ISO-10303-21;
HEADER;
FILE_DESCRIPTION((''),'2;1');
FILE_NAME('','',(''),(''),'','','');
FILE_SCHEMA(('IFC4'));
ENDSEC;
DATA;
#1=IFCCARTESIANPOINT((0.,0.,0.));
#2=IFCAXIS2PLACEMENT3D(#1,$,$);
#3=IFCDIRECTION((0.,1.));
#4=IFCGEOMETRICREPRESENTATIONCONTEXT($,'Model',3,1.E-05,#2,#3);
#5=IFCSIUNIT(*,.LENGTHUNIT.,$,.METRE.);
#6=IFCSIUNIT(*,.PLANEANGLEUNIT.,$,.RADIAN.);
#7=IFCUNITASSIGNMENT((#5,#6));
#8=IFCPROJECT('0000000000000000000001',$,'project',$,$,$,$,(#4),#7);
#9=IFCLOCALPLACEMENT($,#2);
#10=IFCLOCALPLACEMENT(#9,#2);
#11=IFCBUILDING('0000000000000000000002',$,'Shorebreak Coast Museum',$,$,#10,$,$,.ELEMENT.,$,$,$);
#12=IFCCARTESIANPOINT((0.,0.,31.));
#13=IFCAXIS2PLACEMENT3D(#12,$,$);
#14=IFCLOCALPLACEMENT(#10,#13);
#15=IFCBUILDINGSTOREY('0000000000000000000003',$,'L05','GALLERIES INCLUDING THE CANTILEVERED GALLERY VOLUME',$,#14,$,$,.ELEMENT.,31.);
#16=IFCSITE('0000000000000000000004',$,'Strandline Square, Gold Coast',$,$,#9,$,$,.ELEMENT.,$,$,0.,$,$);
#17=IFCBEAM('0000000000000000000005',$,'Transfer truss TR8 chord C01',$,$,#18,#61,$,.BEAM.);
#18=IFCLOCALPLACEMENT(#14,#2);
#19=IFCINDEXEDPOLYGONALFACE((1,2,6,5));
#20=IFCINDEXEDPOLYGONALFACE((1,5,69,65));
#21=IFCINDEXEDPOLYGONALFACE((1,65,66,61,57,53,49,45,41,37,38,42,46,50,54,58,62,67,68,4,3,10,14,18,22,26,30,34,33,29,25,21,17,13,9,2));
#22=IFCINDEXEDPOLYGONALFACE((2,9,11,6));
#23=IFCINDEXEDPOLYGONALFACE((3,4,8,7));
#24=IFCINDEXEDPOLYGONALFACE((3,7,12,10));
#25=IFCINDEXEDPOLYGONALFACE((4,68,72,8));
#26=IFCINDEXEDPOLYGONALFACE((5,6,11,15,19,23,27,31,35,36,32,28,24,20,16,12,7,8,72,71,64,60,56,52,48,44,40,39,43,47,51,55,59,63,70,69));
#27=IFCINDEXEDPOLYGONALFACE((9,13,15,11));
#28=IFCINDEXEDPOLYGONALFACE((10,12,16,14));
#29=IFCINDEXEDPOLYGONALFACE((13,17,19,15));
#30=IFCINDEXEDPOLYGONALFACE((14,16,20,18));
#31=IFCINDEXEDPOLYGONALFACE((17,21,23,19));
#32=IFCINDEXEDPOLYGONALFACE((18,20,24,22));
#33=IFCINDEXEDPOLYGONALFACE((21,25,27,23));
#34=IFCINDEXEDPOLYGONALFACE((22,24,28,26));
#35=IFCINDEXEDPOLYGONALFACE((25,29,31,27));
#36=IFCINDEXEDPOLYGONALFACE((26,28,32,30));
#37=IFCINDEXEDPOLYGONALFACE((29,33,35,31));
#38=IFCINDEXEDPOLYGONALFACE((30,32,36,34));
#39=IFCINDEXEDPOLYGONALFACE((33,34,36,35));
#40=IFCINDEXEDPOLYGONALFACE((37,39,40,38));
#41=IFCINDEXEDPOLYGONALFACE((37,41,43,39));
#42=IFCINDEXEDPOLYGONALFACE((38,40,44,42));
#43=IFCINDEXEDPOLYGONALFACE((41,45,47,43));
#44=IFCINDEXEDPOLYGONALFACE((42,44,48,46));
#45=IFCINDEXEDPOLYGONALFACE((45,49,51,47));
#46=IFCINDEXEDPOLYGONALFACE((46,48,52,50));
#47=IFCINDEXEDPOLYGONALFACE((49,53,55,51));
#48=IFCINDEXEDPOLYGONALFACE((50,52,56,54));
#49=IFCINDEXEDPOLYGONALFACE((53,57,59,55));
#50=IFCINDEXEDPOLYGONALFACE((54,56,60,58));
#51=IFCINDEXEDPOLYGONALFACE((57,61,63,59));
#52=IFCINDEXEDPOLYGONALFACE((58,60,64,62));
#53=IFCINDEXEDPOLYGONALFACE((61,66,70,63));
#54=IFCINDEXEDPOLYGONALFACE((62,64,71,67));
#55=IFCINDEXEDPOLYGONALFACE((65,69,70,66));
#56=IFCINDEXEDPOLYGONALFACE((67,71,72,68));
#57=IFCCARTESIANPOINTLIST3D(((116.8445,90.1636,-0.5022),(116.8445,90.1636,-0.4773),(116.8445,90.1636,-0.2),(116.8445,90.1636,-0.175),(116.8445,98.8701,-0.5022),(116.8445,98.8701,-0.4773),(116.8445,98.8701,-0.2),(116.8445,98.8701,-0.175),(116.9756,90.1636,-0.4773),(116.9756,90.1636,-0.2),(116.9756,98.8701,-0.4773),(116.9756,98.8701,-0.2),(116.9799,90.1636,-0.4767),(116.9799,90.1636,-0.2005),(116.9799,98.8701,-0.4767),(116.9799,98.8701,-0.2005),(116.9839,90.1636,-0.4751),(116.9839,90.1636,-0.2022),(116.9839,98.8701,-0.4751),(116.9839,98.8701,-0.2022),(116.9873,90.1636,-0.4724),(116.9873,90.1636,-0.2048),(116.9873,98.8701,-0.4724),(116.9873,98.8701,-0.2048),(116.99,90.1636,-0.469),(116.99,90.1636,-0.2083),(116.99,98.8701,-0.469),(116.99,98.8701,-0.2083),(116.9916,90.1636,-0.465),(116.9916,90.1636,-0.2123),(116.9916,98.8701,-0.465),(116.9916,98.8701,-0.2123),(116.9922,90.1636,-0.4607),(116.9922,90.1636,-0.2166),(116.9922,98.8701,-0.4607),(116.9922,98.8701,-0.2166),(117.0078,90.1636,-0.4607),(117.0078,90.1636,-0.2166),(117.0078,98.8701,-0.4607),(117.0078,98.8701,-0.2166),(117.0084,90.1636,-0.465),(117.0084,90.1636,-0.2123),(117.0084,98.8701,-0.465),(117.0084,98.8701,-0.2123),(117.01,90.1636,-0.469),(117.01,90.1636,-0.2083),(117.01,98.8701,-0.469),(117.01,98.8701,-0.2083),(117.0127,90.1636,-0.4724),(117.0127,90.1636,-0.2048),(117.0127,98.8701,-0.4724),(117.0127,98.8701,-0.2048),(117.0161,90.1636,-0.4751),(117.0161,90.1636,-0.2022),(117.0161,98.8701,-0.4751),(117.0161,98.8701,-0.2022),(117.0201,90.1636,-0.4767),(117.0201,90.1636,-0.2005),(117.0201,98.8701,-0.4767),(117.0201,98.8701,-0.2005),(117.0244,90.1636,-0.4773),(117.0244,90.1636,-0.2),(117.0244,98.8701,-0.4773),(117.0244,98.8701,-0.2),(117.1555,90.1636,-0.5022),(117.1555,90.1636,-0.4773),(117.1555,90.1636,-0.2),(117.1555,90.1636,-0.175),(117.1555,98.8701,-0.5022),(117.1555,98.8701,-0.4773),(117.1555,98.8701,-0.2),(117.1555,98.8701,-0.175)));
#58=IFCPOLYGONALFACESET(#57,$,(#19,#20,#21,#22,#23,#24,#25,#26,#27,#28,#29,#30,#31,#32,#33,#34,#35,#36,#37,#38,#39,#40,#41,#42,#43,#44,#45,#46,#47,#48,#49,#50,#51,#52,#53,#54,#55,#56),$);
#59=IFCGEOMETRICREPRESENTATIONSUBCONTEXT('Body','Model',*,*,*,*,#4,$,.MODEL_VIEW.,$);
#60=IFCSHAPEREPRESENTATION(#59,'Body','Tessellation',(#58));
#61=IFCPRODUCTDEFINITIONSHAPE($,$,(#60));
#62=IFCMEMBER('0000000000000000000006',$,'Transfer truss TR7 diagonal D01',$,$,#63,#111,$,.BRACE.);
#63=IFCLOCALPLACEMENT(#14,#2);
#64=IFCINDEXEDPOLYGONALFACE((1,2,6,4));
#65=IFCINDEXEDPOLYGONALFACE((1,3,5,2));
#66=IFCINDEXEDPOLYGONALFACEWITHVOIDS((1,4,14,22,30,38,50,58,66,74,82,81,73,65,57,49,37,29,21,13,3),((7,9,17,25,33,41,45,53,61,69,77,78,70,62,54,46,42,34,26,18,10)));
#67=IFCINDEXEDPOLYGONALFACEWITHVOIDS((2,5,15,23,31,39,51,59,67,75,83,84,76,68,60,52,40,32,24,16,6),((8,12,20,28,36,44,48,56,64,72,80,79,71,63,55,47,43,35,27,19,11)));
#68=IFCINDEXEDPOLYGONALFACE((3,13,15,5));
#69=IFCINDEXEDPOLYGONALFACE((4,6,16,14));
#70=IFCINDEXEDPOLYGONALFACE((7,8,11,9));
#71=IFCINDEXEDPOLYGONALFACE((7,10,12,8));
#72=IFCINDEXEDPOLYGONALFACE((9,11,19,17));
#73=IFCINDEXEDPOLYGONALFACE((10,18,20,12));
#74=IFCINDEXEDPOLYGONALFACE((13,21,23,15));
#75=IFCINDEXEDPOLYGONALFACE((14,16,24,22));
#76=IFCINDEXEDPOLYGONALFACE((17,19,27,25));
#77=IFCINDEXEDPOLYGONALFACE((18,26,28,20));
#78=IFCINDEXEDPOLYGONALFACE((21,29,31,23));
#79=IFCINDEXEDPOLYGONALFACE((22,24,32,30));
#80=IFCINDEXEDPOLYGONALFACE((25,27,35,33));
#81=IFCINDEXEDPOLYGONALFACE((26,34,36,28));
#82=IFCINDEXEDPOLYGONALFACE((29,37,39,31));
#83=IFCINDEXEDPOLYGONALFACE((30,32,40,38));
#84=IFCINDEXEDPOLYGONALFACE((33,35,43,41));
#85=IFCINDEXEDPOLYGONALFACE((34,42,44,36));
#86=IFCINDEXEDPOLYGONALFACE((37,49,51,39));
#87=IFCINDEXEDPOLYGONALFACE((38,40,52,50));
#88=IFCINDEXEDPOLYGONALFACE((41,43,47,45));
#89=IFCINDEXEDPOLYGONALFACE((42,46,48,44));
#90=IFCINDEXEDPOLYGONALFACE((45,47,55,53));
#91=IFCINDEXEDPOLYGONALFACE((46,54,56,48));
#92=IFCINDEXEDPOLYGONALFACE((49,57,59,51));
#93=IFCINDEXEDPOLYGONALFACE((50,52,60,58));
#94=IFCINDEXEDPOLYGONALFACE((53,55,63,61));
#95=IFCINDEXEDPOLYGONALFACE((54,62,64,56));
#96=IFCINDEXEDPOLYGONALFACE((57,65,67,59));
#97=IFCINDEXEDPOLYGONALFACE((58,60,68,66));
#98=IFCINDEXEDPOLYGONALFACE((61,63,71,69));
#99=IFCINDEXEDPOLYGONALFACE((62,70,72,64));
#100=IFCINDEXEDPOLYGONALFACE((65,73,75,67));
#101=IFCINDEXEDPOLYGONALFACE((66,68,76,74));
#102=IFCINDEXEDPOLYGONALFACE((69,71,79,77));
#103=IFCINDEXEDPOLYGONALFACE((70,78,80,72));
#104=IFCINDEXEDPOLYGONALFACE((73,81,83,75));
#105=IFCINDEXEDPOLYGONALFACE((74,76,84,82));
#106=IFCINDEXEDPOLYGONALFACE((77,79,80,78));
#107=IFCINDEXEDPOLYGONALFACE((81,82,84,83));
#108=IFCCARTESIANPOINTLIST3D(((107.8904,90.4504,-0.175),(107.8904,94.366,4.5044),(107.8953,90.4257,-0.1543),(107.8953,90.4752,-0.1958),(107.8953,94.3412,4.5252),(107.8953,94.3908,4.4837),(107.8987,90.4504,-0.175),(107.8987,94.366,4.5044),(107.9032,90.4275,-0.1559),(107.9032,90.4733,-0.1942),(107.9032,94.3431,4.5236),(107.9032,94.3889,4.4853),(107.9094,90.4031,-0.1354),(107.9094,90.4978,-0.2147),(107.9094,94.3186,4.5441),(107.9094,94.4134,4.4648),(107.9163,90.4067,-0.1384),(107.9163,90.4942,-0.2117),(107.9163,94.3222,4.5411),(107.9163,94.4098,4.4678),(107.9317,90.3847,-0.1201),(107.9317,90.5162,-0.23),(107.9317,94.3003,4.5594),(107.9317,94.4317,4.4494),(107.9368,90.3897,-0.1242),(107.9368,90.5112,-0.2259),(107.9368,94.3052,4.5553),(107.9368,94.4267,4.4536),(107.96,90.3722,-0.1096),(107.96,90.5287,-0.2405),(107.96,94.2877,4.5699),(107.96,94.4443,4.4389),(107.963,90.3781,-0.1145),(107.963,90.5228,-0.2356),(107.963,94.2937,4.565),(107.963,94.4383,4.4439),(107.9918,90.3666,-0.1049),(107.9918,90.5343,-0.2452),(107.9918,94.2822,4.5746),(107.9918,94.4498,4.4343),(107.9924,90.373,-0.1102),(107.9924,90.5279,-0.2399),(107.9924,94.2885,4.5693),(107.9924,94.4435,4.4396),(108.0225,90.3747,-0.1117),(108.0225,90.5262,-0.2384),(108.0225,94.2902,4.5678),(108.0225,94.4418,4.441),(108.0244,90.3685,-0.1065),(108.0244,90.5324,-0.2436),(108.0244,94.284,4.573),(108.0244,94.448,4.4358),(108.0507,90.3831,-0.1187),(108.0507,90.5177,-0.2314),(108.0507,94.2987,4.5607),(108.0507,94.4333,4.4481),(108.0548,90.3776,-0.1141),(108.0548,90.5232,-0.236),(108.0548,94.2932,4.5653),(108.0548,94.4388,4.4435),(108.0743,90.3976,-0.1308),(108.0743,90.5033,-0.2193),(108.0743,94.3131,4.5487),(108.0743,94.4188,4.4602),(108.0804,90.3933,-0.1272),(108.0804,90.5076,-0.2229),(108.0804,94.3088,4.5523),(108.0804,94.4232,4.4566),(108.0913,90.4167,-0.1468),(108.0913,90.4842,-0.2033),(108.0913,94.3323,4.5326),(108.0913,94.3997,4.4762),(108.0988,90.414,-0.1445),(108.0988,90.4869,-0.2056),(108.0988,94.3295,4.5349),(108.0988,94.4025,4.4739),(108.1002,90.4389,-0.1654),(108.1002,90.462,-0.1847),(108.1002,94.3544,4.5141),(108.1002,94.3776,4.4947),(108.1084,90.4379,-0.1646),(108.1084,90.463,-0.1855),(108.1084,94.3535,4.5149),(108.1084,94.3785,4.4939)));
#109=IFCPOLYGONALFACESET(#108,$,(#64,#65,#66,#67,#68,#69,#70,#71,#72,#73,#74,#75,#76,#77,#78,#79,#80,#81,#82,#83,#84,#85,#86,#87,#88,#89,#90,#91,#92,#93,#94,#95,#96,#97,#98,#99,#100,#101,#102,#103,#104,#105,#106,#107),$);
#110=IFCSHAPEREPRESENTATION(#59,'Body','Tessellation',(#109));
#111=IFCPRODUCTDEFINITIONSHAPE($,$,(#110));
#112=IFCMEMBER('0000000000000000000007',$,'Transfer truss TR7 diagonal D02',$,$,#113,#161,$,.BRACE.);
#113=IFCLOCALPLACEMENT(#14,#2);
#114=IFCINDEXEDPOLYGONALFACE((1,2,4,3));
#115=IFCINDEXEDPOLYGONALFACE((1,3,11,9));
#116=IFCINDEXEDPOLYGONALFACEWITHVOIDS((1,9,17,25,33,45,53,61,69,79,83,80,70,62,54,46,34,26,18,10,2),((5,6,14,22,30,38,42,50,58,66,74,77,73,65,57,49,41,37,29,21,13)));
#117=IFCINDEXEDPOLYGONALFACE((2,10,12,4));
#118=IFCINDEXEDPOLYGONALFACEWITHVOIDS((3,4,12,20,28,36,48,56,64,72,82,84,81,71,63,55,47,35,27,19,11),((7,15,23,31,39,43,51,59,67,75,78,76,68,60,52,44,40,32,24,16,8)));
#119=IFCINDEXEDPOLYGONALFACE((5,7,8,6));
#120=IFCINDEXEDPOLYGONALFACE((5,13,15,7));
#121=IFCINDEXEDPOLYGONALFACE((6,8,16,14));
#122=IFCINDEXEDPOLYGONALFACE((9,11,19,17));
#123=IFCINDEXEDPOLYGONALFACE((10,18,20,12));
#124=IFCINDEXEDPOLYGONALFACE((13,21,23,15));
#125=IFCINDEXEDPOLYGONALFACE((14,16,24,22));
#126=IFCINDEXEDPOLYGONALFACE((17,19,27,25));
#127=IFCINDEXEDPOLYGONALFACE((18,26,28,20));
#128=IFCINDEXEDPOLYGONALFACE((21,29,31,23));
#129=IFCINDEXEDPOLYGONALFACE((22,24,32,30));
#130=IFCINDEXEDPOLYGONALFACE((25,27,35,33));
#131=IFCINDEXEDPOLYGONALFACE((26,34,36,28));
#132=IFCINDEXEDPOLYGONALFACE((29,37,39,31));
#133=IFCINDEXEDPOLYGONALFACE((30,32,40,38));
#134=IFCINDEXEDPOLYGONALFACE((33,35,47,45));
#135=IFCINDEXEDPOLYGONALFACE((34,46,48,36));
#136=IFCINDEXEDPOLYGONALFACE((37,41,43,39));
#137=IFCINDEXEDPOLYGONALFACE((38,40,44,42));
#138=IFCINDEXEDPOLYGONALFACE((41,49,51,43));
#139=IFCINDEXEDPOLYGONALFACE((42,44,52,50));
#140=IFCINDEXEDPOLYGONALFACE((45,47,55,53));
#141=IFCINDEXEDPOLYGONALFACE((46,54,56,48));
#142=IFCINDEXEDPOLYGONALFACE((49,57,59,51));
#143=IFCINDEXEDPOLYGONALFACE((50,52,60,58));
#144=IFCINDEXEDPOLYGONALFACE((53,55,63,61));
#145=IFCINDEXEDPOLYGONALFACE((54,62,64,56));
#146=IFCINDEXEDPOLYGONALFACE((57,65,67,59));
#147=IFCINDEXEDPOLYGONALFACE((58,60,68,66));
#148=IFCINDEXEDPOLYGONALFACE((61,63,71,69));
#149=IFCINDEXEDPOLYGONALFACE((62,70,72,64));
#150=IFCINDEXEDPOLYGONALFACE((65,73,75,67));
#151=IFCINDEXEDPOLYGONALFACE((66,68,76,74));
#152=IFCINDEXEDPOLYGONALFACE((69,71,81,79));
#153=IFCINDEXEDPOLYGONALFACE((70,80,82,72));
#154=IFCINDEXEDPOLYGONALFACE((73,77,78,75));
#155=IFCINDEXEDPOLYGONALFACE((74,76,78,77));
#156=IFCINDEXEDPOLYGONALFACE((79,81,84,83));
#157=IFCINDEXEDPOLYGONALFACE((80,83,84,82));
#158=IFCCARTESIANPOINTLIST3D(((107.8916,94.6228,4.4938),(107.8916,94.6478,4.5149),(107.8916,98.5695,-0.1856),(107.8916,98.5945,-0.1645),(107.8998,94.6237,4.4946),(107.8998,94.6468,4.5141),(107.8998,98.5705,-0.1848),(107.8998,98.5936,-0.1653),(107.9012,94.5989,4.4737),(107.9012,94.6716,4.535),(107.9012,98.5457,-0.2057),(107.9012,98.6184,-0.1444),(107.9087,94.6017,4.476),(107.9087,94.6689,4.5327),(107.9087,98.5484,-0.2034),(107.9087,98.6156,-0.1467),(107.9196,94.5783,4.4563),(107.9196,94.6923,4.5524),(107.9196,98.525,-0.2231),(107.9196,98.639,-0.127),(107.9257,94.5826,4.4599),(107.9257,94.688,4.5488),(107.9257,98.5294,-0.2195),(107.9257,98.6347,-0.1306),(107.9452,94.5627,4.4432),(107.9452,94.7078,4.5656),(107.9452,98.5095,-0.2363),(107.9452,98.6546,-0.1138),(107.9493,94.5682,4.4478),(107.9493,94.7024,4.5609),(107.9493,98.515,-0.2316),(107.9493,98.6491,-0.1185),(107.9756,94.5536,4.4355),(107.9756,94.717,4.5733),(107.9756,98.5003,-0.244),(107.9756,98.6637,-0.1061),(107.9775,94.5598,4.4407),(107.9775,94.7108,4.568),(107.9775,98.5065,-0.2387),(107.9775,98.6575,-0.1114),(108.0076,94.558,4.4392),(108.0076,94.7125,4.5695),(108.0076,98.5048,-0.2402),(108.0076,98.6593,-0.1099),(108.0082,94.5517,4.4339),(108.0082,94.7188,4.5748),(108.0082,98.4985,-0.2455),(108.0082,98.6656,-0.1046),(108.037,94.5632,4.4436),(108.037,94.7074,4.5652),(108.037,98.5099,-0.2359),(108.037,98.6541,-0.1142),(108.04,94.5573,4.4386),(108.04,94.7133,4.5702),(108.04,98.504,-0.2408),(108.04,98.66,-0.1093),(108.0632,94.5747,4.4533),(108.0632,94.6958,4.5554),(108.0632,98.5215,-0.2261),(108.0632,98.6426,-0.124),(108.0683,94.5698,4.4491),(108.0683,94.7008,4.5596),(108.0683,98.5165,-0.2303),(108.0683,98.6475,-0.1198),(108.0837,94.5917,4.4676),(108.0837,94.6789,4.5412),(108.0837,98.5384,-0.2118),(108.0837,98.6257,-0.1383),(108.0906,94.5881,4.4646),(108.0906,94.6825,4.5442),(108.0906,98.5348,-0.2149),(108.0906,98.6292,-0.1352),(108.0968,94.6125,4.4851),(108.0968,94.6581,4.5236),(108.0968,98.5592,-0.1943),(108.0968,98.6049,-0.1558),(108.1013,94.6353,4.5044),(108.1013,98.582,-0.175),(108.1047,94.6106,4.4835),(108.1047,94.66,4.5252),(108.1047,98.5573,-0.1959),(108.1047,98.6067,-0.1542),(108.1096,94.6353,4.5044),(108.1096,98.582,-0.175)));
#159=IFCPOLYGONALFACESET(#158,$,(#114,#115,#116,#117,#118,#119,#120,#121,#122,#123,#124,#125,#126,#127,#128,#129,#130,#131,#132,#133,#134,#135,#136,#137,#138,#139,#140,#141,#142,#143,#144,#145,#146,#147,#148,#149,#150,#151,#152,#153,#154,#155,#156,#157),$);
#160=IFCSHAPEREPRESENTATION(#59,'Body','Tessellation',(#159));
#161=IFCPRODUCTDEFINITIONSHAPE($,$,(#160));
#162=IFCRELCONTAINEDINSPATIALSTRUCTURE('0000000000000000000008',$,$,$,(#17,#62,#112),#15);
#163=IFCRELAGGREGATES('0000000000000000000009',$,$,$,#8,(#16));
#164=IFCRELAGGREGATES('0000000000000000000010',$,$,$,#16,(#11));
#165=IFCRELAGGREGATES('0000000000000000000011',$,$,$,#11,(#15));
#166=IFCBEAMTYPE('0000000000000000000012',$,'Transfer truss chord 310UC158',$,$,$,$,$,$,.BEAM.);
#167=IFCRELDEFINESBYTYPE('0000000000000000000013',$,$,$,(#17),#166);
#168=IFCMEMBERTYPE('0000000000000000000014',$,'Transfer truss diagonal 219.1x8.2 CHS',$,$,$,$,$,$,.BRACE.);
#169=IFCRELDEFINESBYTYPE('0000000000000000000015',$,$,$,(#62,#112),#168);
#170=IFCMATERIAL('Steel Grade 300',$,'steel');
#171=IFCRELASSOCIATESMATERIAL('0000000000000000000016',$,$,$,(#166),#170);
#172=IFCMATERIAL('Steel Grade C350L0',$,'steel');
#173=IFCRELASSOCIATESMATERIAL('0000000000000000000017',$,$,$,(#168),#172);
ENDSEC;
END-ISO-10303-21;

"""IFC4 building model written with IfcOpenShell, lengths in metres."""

from ifc_helpers import new_model, si_unit, direction, frame, origin, origin_2d, place, context, subcontext, project, spatial, hollow_circle, i_section, extrude, material, material_profile, profile_set, type_object, element, save


model = new_model("IFC4")

# Units and contexts
model_context = context("Model", 3, precision=1e-05, world=origin(), true_north=direction((0.0, 1.0)))
body_context = subcontext(model_context, "Body", "Model", "MODEL_VIEW")
ifc_project = project(units=[si_unit("LENGTHUNIT", "METRE"), si_unit("PLANEANGLEUNIT", "RADIAN")], contexts=[model_context])

# Site, building, storey
site_placement = place(None, origin())
site = spatial("IfcSite", under=ifc_project, at=site_placement, Name="Strandline Square, Gold Coast", CompositionType="ELEMENT", RefElevation=0.0)
building_placement = place(site_placement, origin())
building = spatial("IfcBuilding", under=site, at=building_placement, Name="Shorebreak Coast Museum", CompositionType="ELEMENT")
storey_placement = place(building_placement, frame((0.0, 0.0, 31.0)))
storey = spatial("IfcBuildingStorey", under=building, at=storey_placement, Name="L05", Description="GALLERIES INCLUDING THE CANTILEVERED GALLERY VOLUME", CompositionType="ELEMENT", Elevation=31.0)

# Beam
ifc_material_1 = material(Name="Steel Grade 300", Category="steel")
ifc_material_profile_1 = material_profile(ifc_material_1, i_section(OverallWidth=0.311, OverallDepth=0.3271, WebThickness=0.0156, FlangeThickness=0.0249, FilletRadius=0.0166, at=origin_2d()), Name="310UC158")
ifc_profile_set_1 = profile_set([ifc_material_profile_1], Name="Steel Grade 300")
beam_type_1 = type_object("IfcBeamType", Name="Transfer truss chord 310UC158", PredefinedType="BEAM", material=ifc_profile_set_1)
beam_1_placement = place(storey_placement, frame((117.0, 90.1636, -0.3386), z_axis=(0.0, 1.0, 0.0), x_axis=(-1.0, 0.0, 0.0)))
element("IfcBeam", 1, at=beam_1_placement, inside=storey, type_object=beam_type_1, Name="Transfer truss TR8 chord C01", PredefinedType="BEAM", context=body_context, shape_type="SweptSolid", body=[
    extrude(i_section(OverallWidth=0.311, OverallDepth=0.3271, WebThickness=0.0156, FlangeThickness=0.0249, FilletRadius=0.0166, at=origin_2d()), origin(), (0.0, 0.0, 1.0), 8.7065),
])

# Members
ifc_material_2 = material(Name="Steel Grade C350L0", Category="steel")
ifc_material_profile_2 = material_profile(ifc_material_2, hollow_circle(Radius=0.1096, WallThickness=0.0083, at=origin_2d()), Name="219.1x8.2 CHS")
ifc_profile_set_2 = profile_set([ifc_material_profile_2], Name="Steel Grade C350L0")
member_type_1 = type_object("IfcMemberType", Name="Transfer truss diagonal 219.1x8.2 CHS", PredefinedType="BRACE", material=ifc_profile_set_2)
member_1_placement = place(storey_placement, frame((108.0, 90.4504, -0.175), z_axis=(0.0, 0.64173, 0.766931), x_axis=(-1.0, 0.0, 0.0)))
element("IfcMember", 2, at=member_1_placement, inside=storey, type_object=member_type_1, Name="Transfer truss TR7 diagonal D01", PredefinedType="BRACE", context=body_context, shape_type="SweptSolid", body=[
    extrude(hollow_circle(Radius=0.1096, WallThickness=0.0083, at=origin_2d()), origin(), (0.0, 0.0, 1.0), 6.1016),
])
member_2_placement = place(storey_placement, frame((108.0, 98.582, -0.175), z_axis=(0.0, -0.644728, 0.764412), x_axis=(1.0, 0.0, 0.0)))
element("IfcMember", 3, at=member_2_placement, inside=storey, type_object=member_type_1, Name="Transfer truss TR7 diagonal D02", PredefinedType="BRACE", context=body_context, shape_type="SweptSolid", body=[
    extrude(hollow_circle(Radius=0.1096, WallThickness=0.0083, at=origin_2d()), origin(), (0.0, 0.0, 1.0), 6.1216),
])

save(model, "model.ifc")
